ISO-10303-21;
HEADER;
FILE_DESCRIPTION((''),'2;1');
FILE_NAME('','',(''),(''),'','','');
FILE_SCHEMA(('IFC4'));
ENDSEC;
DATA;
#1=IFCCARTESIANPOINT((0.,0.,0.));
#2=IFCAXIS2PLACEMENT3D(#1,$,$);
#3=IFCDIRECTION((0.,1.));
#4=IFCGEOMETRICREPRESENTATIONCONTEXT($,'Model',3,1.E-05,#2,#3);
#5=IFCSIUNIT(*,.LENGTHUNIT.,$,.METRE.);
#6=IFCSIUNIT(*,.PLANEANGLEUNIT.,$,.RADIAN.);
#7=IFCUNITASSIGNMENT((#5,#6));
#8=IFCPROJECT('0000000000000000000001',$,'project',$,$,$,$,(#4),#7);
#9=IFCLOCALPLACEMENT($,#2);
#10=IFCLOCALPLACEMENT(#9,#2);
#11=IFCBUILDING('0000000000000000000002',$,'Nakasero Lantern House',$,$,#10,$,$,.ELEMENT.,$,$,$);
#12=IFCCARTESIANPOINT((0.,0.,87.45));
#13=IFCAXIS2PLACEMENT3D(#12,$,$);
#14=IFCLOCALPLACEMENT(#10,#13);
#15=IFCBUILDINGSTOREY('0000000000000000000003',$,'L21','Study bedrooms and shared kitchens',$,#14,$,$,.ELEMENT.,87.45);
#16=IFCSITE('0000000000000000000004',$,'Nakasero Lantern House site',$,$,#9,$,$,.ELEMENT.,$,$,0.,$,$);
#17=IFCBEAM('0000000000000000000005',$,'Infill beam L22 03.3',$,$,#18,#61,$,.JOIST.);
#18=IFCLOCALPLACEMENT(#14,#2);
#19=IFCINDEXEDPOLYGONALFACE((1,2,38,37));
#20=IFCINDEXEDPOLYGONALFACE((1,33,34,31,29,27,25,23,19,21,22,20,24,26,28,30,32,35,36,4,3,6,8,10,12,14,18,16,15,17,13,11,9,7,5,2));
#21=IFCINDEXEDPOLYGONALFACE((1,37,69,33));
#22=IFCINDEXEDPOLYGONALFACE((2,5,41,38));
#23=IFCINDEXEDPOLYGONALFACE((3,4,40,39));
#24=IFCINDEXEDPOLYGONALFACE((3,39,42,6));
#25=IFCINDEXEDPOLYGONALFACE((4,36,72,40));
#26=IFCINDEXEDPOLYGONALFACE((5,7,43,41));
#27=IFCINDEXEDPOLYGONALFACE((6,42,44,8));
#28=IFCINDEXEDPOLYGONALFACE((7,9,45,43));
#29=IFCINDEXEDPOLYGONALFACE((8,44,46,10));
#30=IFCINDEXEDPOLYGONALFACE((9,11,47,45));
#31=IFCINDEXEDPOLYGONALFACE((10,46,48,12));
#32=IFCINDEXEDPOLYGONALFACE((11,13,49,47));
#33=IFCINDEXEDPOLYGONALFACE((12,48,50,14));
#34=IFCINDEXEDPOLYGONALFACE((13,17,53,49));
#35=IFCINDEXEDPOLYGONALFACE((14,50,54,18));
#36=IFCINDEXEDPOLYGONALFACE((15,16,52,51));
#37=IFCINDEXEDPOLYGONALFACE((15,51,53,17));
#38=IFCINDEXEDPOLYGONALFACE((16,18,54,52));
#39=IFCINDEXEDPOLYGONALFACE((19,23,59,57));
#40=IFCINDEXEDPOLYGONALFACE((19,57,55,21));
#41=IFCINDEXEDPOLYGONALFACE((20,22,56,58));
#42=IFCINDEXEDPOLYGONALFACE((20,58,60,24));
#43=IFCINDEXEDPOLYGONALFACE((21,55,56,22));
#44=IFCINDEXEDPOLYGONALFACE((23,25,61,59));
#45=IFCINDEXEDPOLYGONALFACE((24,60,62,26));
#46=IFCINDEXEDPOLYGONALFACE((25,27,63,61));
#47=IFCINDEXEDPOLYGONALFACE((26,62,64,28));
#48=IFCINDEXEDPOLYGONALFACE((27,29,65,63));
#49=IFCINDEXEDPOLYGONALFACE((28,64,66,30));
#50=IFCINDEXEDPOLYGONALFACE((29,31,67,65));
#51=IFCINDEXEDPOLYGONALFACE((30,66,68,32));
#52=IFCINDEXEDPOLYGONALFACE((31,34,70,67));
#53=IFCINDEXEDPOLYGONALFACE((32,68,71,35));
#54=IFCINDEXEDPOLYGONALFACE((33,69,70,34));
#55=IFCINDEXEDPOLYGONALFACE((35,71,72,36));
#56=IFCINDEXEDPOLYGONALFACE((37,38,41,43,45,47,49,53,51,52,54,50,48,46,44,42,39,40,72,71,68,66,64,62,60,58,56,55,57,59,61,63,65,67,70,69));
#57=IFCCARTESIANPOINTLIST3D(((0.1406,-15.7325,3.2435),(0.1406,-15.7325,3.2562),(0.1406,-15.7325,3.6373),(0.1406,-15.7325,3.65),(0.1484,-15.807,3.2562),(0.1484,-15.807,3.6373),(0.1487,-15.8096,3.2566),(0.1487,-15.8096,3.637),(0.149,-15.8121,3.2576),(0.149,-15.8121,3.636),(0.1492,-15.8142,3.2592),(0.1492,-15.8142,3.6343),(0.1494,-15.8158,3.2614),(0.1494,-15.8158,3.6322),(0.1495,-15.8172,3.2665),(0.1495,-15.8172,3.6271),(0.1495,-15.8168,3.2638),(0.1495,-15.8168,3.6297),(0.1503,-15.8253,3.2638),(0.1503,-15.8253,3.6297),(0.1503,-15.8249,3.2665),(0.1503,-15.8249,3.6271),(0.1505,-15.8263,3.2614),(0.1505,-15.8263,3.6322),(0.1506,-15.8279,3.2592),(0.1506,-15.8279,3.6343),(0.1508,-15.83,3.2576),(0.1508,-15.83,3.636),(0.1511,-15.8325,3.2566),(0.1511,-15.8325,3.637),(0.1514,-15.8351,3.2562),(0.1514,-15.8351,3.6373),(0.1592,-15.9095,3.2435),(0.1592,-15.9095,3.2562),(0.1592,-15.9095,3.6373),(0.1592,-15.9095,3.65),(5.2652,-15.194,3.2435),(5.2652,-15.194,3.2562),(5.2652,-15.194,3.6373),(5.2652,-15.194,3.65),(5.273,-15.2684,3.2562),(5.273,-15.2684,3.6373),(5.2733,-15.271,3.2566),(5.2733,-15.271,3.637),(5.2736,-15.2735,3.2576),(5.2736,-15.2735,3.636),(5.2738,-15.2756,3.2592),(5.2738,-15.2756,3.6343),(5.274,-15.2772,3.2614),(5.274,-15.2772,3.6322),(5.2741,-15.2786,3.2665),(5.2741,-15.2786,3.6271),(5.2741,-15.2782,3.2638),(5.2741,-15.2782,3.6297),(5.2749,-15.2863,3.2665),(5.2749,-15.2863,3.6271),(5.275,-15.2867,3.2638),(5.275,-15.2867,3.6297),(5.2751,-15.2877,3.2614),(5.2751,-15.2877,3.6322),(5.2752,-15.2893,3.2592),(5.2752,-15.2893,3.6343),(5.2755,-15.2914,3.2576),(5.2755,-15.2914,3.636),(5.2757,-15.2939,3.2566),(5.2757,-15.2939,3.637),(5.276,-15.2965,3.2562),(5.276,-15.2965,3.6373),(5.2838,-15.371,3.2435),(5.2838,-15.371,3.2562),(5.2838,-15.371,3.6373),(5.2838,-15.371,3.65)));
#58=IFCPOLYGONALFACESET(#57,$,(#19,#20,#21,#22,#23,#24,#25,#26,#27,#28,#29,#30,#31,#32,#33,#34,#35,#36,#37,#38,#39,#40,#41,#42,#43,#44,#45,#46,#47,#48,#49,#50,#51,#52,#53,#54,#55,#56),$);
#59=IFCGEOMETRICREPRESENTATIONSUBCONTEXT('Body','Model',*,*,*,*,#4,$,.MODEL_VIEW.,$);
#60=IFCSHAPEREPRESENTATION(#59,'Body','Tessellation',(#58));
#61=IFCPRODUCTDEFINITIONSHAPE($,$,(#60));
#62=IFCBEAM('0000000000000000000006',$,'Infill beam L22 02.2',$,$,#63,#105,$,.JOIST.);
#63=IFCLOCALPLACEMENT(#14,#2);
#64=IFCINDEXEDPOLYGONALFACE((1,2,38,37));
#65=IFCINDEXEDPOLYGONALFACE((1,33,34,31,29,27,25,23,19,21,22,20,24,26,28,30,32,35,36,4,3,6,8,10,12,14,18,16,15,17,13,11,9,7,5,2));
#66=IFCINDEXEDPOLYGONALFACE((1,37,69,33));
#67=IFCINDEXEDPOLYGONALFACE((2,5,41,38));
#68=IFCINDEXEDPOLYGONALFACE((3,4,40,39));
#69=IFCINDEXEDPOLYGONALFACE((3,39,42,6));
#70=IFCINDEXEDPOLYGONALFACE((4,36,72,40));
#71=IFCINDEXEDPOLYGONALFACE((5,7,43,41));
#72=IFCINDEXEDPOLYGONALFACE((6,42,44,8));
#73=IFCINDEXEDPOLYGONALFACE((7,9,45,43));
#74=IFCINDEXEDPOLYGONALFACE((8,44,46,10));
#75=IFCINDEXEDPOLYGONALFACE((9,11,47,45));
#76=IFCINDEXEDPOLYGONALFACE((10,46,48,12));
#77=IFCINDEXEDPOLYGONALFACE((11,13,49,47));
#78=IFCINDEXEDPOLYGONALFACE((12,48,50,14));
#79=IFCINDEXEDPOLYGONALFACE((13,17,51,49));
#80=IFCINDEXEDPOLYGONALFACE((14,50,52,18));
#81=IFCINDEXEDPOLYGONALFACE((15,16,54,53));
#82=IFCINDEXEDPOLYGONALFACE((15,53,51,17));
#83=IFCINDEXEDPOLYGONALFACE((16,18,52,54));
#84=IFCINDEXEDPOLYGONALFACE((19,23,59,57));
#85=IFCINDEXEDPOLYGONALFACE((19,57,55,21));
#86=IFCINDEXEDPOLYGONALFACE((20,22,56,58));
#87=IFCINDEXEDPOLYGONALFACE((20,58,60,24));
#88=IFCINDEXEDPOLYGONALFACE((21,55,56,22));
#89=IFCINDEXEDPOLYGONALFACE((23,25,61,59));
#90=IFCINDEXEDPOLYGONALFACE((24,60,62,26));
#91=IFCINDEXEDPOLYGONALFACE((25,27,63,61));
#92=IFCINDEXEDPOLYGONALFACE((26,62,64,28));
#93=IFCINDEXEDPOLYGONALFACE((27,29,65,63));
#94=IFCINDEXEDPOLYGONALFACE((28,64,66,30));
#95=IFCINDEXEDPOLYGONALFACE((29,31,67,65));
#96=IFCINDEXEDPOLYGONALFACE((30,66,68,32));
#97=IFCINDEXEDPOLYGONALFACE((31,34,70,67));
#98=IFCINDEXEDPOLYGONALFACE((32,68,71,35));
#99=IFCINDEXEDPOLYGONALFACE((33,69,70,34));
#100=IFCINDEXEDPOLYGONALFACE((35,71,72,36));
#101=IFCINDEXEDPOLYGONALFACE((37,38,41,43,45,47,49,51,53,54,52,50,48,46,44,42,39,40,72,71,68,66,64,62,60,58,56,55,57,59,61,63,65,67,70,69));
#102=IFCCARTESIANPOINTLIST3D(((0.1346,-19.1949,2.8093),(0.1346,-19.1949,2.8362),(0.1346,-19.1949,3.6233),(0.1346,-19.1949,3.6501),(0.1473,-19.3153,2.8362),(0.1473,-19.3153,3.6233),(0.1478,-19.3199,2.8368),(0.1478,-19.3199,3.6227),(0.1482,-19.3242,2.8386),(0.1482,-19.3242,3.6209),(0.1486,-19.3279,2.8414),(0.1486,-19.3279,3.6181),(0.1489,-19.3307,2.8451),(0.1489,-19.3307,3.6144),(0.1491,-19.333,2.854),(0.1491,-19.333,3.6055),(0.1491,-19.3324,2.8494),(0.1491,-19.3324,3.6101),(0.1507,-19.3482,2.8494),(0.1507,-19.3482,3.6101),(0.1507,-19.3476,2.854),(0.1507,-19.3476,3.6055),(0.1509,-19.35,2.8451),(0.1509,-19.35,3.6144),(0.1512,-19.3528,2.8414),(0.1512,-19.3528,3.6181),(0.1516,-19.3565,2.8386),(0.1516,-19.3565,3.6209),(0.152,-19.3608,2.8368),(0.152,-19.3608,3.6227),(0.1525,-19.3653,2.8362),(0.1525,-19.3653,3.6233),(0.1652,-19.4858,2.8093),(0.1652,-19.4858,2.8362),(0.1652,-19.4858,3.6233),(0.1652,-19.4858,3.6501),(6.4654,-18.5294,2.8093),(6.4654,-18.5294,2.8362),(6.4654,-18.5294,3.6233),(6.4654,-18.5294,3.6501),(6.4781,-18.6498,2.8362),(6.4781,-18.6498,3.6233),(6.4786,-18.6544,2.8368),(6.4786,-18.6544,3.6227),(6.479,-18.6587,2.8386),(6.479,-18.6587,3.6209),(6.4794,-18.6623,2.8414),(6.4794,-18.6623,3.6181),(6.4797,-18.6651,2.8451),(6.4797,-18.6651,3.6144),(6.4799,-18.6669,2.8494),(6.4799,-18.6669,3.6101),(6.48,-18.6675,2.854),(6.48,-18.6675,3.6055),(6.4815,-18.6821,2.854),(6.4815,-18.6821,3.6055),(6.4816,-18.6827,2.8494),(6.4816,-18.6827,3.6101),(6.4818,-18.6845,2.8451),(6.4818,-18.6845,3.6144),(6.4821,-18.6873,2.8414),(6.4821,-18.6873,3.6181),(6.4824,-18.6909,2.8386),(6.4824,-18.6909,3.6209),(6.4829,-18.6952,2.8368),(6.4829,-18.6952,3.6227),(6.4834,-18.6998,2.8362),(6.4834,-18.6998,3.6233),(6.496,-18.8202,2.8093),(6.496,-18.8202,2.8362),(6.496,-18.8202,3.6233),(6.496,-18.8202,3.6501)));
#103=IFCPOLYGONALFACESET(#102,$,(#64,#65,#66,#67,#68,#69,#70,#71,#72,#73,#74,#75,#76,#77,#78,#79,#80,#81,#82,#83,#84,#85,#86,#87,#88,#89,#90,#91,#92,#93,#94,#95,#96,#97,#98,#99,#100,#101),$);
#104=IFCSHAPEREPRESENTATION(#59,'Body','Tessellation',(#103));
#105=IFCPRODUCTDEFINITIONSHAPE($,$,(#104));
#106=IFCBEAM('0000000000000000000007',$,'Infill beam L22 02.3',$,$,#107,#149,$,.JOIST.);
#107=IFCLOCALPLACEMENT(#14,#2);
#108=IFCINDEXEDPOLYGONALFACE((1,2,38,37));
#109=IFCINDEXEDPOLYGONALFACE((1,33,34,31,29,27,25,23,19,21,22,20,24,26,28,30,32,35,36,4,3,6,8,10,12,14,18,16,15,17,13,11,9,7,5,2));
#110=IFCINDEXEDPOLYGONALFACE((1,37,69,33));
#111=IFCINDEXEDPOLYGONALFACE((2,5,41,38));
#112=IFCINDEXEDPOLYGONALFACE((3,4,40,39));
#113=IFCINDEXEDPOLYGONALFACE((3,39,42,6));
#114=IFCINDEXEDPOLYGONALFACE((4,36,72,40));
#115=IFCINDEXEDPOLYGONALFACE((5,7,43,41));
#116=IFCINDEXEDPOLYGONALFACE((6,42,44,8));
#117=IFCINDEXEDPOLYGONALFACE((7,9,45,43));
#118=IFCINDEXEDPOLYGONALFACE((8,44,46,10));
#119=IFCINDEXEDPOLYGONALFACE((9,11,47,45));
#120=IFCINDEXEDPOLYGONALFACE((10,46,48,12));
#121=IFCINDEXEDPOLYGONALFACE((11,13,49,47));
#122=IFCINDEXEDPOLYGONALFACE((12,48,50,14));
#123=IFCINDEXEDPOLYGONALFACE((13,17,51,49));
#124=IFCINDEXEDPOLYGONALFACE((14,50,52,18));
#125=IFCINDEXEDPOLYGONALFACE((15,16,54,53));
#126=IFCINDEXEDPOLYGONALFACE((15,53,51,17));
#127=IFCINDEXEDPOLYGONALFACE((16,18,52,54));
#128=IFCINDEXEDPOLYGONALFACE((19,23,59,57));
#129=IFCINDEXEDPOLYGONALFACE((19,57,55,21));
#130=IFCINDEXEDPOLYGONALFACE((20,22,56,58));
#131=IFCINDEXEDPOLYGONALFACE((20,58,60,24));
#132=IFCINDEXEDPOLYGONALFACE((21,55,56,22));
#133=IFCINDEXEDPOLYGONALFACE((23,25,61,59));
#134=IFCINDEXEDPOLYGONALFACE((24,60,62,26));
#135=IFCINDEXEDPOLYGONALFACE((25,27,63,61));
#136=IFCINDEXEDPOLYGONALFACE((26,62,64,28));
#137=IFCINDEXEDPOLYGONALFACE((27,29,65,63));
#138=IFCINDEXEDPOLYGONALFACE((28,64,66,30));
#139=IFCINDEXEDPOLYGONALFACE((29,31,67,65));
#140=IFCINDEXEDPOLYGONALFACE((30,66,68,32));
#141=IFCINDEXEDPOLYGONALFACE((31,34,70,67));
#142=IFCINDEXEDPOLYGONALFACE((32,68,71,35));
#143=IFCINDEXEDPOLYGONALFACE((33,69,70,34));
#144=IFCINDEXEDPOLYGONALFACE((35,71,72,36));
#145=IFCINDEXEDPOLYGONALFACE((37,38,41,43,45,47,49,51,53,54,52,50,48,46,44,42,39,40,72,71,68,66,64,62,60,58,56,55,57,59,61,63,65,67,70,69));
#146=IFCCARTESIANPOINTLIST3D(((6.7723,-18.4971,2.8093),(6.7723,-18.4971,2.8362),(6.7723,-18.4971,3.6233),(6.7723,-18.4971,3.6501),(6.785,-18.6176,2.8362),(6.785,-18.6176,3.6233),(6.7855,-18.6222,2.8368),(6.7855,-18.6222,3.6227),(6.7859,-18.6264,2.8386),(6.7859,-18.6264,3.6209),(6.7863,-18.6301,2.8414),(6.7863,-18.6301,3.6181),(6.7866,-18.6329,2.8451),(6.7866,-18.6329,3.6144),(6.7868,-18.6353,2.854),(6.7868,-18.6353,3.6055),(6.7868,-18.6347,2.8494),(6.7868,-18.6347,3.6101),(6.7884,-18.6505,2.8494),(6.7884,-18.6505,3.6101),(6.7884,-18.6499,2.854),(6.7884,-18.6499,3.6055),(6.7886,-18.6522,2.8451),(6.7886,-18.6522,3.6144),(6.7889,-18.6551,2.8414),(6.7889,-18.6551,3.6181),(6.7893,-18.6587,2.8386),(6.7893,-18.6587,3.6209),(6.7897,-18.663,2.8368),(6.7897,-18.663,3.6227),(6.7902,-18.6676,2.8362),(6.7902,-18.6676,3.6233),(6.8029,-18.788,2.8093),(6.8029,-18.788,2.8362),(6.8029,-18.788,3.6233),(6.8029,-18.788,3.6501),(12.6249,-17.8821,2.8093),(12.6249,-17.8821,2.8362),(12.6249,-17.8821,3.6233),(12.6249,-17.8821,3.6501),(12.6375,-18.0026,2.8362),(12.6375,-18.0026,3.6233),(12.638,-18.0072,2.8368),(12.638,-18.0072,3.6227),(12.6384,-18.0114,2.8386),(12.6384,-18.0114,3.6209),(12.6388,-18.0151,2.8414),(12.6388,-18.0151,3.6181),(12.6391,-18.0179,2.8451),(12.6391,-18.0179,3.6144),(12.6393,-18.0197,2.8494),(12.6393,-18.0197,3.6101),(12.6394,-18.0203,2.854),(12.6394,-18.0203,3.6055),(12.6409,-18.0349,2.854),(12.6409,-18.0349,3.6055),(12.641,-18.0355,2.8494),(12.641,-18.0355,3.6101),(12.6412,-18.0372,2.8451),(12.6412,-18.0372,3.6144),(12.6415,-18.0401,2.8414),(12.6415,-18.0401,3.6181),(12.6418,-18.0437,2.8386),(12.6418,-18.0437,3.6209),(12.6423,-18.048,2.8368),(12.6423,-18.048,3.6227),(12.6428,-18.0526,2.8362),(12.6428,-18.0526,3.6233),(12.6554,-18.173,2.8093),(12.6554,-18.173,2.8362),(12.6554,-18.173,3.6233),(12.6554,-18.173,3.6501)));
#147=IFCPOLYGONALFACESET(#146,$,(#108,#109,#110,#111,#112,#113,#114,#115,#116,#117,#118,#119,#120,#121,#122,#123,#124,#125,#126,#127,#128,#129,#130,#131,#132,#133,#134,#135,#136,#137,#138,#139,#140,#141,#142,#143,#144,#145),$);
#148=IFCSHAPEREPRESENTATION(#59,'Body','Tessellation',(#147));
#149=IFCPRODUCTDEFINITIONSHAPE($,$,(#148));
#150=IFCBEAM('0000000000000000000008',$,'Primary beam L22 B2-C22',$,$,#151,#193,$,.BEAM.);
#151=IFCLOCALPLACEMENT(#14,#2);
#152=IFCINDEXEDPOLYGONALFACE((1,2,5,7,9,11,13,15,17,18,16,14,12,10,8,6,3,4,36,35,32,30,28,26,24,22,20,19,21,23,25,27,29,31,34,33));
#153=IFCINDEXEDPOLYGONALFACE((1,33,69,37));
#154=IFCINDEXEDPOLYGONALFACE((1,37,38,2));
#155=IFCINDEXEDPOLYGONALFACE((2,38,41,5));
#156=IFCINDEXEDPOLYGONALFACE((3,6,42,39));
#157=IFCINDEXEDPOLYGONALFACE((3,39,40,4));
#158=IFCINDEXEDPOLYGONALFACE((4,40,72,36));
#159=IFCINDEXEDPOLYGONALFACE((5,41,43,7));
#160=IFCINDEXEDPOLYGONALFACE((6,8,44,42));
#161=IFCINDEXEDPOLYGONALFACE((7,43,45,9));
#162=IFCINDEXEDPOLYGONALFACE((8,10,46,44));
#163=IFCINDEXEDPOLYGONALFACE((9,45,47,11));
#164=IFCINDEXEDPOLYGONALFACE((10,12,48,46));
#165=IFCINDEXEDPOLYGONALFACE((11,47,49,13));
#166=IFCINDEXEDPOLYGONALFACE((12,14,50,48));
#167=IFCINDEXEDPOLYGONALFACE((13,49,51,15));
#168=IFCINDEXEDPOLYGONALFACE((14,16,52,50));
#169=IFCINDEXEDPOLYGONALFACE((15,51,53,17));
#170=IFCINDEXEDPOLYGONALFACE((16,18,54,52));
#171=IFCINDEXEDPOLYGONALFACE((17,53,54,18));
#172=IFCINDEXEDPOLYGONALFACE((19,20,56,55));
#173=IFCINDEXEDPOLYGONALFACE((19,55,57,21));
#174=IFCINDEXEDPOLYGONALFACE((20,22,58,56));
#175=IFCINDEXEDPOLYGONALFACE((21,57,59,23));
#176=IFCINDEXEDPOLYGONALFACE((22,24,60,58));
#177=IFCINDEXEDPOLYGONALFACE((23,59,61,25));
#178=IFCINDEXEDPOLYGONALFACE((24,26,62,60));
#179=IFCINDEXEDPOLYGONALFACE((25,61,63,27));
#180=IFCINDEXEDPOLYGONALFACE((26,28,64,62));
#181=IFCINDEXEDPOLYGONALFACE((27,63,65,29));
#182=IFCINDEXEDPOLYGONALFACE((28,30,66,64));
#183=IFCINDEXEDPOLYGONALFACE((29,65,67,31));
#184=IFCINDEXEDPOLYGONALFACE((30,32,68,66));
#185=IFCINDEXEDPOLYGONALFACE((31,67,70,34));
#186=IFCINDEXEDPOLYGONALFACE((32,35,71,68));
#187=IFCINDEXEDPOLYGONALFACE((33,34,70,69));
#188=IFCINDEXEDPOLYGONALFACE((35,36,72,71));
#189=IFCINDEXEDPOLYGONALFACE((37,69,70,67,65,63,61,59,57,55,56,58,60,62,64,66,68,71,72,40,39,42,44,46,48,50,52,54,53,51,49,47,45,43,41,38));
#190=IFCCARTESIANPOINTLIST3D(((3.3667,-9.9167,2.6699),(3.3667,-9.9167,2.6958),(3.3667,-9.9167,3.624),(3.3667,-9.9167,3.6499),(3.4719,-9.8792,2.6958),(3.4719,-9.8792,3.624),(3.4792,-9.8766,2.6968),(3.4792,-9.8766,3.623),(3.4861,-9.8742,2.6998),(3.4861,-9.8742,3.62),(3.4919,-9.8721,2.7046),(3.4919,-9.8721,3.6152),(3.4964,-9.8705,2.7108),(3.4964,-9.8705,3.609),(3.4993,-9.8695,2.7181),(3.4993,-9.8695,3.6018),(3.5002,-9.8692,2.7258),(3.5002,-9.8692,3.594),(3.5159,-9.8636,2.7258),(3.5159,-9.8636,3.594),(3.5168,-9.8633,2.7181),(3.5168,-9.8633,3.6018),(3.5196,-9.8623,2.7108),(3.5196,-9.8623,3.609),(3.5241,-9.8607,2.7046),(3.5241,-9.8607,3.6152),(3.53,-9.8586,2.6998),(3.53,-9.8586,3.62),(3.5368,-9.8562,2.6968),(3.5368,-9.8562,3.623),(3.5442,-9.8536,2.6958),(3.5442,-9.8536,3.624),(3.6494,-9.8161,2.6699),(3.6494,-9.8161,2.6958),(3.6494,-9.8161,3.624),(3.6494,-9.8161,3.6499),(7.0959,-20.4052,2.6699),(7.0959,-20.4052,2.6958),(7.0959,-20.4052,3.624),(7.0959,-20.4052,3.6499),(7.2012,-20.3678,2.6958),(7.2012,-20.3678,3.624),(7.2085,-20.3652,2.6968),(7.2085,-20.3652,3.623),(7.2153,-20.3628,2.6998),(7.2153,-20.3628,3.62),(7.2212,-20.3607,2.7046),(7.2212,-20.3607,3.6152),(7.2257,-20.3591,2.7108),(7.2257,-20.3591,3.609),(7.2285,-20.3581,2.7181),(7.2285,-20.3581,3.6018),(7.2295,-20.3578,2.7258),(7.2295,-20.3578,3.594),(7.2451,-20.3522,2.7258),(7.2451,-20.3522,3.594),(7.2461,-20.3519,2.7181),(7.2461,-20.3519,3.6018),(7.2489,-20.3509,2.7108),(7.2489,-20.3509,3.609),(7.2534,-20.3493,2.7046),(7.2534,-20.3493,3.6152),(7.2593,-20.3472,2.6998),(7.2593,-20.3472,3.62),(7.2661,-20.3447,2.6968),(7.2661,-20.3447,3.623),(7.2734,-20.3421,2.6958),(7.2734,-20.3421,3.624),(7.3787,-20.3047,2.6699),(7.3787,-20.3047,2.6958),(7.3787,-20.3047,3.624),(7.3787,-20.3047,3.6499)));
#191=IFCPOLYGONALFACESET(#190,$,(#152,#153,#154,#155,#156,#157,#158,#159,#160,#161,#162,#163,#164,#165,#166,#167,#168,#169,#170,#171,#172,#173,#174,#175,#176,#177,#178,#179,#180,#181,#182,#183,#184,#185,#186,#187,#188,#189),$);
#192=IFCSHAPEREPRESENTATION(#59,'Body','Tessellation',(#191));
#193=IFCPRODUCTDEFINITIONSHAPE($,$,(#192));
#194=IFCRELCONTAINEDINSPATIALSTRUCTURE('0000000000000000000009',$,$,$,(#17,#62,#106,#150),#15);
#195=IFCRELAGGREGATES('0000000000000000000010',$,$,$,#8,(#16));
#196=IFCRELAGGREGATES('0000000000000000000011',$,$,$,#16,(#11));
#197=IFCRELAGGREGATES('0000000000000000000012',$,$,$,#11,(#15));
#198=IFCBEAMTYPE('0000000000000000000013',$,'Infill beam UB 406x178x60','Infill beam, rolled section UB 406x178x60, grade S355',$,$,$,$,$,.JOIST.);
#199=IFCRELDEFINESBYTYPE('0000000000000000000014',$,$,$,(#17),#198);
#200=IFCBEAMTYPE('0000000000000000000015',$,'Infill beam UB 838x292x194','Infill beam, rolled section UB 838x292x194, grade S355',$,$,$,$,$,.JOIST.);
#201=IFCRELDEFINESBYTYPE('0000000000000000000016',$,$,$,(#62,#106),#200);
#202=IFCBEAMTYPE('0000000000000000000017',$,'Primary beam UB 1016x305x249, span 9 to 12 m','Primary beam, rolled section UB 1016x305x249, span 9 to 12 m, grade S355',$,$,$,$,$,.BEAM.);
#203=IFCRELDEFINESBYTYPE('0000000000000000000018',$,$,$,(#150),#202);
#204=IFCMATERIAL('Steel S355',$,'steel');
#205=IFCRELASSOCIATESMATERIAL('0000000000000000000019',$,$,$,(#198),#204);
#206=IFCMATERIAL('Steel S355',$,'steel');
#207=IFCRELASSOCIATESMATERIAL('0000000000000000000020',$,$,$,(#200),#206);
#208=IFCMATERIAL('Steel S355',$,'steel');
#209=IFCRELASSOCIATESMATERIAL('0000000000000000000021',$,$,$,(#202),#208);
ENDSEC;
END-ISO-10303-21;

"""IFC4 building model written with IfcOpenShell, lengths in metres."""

from ifc_helpers import new_model, si_unit, direction, frame, origin, origin_2d, place, context, subcontext, project, spatial, i_section, extrude, material, material_profile, profile_set, type_object, element, save


model = new_model("IFC4")

# Units and contexts
model_context = context("Model", 3, precision=1e-05, world=origin(), true_north=direction((0.0, 1.0)))
body_context = subcontext(model_context, "Body", "Model", "MODEL_VIEW")
ifc_project = project(units=[si_unit("LENGTHUNIT", "METRE"), si_unit("PLANEANGLEUNIT", "RADIAN")], contexts=[model_context])

# Site, building, storey
site_placement = place(None, origin())
site = spatial("IfcSite", under=ifc_project, at=site_placement, Name="Nakasero Lantern House site", CompositionType="ELEMENT", RefElevation=0.0)
building_placement = place(site_placement, origin())
building = spatial("IfcBuilding", under=site, at=building_placement, Name="Nakasero Lantern House", CompositionType="ELEMENT")
storey_placement = place(building_placement, frame((0.0, 0.0, 87.45)))
storey = spatial("IfcBuildingStorey", under=building, at=storey_placement, Name="L21", Description="Study bedrooms and shared kitchens", CompositionType="ELEMENT", Elevation=87.45)

# Beams
ifc_material_1 = material(Name="Steel S355", Category="steel")
ifc_material_profile_1 = material_profile(ifc_material_1, i_section(OverallWidth=0.178, OverallDepth=0.4065, WebThickness=0.0078, FlangeThickness=0.0127, FilletRadius=0.0103, at=origin_2d()), Name="UB 406x178x60")
ifc_profile_set_1 = profile_set([ifc_material_profile_1], Name="Steel S355")
beam_type_1 = type_object("IfcBeamType", Name="Infill beam UB 406x178x60", Description="Infill beam, rolled section UB 406x178x60, grade S355", PredefinedType="JOIST", material=ifc_profile_set_1)
beam_1_placement = place(storey_placement, frame((0.1499, -15.821, 3.4468), z_axis=(0.994523, 0.104522, 0.0), x_axis=(-0.104522, 0.994523, 0.0)))
element("IfcBeam", 1, at=beam_1_placement, inside=storey, type_object=beam_type_1, Name="Infill beam L22 03.3", PredefinedType="JOIST", context=body_context, shape_type="SweptSolid", body=[
    extrude(i_section(OverallWidth=0.178, OverallDepth=0.4065, WebThickness=0.0078, FlangeThickness=0.0127, FilletRadius=0.0103, at=origin_2d()), origin(), (0.0, 0.0, 1.0), 5.1528),
])
ifc_material_2 = material(Name="Steel S355", Category="steel")
ifc_material_profile_2 = material_profile(ifc_material_2, i_section(OverallWidth=0.2925, OverallDepth=0.8408, WebThickness=0.0146, FlangeThickness=0.0269, FilletRadius=0.0178, at=origin_2d()), Name="UB 838x292x194")
ifc_profile_set_2 = profile_set([ifc_material_profile_2], Name="Steel S355")
beam_type_2 = type_object("IfcBeamType", Name="Infill beam UB 838x292x194", Description="Infill beam, rolled section UB 838x292x194, grade S355", PredefinedType="JOIST", material=ifc_profile_set_2)
beam_2_placement = place(storey_placement, frame((0.1499, -19.3403, 3.2297), z_axis=(0.99452, 0.104549, 0.0), x_axis=(-0.104549, 0.99452, 0.0)))
element("IfcBeam", 2, at=beam_2_placement, inside=storey, type_object=beam_type_2, Name="Infill beam L22 02.2", PredefinedType="JOIST", context=body_context, shape_type="SweptSolid", body=[
    extrude(i_section(OverallWidth=0.2925, OverallDepth=0.8408, WebThickness=0.0146, FlangeThickness=0.0269, FilletRadius=0.0178, at=origin_2d()), origin(), (0.0, 0.0, 1.0), 6.3657),
])
beam_3_placement = place(storey_placement, frame((6.7876, -18.6426, 3.2297), z_axis=(0.994524, 0.104506, 0.0), x_axis=(-0.104506, 0.994524, 0.0)))
element("IfcBeam", 3, at=beam_3_placement, inside=storey, type_object=beam_type_2, Name="Infill beam L22 02.3", PredefinedType="JOIST", context=body_context, shape_type="SweptSolid", body=[
    extrude(i_section(OverallWidth=0.2925, OverallDepth=0.8408, WebThickness=0.0146, FlangeThickness=0.0269, FilletRadius=0.0178, at=origin_2d()), origin(), (0.0, 0.0, 1.0), 5.8848),
])
ifc_material_3 = material(Name="Steel S355", Category="steel")
ifc_material_profile_3 = material_profile(ifc_material_3, i_section(OverallWidth=0.3, OverallDepth=0.98, WebThickness=0.0166, FlangeThickness=0.0259, FilletRadius=0.03, at=origin_2d()), Name="UB 1016x305x249")
ifc_profile_set_3 = profile_set([ifc_material_profile_3], Name="Steel S355")
beam_type_3 = type_object("IfcBeamType", Name="Primary beam UB 1016x305x249, span 9 to 12 m", Description="Primary beam, rolled section UB 1016x305x249, span 9 to 12 m, grade S355", PredefinedType="BEAM", material=ifc_profile_set_3)
beam_4_placement = place(storey_placement, frame((7.2373, -20.355, 3.1599), z_axis=(-0.335009, 0.942215, 0.0), x_axis=(-0.942215, -0.335009, 0.0)))
element("IfcBeam", 4, at=beam_4_placement, inside=storey, type_object=beam_type_3, Name="Primary beam L22 B2-C22", PredefinedType="BEAM", context=body_context, shape_type="SweptSolid", body=[
    extrude(i_section(OverallWidth=0.3, OverallDepth=0.98, WebThickness=0.0166, FlangeThickness=0.0259, FilletRadius=0.03, at=origin_2d()), origin(), (0.0, 0.0, 1.0), 11.1318),
])

save(model, "model.ifc")
